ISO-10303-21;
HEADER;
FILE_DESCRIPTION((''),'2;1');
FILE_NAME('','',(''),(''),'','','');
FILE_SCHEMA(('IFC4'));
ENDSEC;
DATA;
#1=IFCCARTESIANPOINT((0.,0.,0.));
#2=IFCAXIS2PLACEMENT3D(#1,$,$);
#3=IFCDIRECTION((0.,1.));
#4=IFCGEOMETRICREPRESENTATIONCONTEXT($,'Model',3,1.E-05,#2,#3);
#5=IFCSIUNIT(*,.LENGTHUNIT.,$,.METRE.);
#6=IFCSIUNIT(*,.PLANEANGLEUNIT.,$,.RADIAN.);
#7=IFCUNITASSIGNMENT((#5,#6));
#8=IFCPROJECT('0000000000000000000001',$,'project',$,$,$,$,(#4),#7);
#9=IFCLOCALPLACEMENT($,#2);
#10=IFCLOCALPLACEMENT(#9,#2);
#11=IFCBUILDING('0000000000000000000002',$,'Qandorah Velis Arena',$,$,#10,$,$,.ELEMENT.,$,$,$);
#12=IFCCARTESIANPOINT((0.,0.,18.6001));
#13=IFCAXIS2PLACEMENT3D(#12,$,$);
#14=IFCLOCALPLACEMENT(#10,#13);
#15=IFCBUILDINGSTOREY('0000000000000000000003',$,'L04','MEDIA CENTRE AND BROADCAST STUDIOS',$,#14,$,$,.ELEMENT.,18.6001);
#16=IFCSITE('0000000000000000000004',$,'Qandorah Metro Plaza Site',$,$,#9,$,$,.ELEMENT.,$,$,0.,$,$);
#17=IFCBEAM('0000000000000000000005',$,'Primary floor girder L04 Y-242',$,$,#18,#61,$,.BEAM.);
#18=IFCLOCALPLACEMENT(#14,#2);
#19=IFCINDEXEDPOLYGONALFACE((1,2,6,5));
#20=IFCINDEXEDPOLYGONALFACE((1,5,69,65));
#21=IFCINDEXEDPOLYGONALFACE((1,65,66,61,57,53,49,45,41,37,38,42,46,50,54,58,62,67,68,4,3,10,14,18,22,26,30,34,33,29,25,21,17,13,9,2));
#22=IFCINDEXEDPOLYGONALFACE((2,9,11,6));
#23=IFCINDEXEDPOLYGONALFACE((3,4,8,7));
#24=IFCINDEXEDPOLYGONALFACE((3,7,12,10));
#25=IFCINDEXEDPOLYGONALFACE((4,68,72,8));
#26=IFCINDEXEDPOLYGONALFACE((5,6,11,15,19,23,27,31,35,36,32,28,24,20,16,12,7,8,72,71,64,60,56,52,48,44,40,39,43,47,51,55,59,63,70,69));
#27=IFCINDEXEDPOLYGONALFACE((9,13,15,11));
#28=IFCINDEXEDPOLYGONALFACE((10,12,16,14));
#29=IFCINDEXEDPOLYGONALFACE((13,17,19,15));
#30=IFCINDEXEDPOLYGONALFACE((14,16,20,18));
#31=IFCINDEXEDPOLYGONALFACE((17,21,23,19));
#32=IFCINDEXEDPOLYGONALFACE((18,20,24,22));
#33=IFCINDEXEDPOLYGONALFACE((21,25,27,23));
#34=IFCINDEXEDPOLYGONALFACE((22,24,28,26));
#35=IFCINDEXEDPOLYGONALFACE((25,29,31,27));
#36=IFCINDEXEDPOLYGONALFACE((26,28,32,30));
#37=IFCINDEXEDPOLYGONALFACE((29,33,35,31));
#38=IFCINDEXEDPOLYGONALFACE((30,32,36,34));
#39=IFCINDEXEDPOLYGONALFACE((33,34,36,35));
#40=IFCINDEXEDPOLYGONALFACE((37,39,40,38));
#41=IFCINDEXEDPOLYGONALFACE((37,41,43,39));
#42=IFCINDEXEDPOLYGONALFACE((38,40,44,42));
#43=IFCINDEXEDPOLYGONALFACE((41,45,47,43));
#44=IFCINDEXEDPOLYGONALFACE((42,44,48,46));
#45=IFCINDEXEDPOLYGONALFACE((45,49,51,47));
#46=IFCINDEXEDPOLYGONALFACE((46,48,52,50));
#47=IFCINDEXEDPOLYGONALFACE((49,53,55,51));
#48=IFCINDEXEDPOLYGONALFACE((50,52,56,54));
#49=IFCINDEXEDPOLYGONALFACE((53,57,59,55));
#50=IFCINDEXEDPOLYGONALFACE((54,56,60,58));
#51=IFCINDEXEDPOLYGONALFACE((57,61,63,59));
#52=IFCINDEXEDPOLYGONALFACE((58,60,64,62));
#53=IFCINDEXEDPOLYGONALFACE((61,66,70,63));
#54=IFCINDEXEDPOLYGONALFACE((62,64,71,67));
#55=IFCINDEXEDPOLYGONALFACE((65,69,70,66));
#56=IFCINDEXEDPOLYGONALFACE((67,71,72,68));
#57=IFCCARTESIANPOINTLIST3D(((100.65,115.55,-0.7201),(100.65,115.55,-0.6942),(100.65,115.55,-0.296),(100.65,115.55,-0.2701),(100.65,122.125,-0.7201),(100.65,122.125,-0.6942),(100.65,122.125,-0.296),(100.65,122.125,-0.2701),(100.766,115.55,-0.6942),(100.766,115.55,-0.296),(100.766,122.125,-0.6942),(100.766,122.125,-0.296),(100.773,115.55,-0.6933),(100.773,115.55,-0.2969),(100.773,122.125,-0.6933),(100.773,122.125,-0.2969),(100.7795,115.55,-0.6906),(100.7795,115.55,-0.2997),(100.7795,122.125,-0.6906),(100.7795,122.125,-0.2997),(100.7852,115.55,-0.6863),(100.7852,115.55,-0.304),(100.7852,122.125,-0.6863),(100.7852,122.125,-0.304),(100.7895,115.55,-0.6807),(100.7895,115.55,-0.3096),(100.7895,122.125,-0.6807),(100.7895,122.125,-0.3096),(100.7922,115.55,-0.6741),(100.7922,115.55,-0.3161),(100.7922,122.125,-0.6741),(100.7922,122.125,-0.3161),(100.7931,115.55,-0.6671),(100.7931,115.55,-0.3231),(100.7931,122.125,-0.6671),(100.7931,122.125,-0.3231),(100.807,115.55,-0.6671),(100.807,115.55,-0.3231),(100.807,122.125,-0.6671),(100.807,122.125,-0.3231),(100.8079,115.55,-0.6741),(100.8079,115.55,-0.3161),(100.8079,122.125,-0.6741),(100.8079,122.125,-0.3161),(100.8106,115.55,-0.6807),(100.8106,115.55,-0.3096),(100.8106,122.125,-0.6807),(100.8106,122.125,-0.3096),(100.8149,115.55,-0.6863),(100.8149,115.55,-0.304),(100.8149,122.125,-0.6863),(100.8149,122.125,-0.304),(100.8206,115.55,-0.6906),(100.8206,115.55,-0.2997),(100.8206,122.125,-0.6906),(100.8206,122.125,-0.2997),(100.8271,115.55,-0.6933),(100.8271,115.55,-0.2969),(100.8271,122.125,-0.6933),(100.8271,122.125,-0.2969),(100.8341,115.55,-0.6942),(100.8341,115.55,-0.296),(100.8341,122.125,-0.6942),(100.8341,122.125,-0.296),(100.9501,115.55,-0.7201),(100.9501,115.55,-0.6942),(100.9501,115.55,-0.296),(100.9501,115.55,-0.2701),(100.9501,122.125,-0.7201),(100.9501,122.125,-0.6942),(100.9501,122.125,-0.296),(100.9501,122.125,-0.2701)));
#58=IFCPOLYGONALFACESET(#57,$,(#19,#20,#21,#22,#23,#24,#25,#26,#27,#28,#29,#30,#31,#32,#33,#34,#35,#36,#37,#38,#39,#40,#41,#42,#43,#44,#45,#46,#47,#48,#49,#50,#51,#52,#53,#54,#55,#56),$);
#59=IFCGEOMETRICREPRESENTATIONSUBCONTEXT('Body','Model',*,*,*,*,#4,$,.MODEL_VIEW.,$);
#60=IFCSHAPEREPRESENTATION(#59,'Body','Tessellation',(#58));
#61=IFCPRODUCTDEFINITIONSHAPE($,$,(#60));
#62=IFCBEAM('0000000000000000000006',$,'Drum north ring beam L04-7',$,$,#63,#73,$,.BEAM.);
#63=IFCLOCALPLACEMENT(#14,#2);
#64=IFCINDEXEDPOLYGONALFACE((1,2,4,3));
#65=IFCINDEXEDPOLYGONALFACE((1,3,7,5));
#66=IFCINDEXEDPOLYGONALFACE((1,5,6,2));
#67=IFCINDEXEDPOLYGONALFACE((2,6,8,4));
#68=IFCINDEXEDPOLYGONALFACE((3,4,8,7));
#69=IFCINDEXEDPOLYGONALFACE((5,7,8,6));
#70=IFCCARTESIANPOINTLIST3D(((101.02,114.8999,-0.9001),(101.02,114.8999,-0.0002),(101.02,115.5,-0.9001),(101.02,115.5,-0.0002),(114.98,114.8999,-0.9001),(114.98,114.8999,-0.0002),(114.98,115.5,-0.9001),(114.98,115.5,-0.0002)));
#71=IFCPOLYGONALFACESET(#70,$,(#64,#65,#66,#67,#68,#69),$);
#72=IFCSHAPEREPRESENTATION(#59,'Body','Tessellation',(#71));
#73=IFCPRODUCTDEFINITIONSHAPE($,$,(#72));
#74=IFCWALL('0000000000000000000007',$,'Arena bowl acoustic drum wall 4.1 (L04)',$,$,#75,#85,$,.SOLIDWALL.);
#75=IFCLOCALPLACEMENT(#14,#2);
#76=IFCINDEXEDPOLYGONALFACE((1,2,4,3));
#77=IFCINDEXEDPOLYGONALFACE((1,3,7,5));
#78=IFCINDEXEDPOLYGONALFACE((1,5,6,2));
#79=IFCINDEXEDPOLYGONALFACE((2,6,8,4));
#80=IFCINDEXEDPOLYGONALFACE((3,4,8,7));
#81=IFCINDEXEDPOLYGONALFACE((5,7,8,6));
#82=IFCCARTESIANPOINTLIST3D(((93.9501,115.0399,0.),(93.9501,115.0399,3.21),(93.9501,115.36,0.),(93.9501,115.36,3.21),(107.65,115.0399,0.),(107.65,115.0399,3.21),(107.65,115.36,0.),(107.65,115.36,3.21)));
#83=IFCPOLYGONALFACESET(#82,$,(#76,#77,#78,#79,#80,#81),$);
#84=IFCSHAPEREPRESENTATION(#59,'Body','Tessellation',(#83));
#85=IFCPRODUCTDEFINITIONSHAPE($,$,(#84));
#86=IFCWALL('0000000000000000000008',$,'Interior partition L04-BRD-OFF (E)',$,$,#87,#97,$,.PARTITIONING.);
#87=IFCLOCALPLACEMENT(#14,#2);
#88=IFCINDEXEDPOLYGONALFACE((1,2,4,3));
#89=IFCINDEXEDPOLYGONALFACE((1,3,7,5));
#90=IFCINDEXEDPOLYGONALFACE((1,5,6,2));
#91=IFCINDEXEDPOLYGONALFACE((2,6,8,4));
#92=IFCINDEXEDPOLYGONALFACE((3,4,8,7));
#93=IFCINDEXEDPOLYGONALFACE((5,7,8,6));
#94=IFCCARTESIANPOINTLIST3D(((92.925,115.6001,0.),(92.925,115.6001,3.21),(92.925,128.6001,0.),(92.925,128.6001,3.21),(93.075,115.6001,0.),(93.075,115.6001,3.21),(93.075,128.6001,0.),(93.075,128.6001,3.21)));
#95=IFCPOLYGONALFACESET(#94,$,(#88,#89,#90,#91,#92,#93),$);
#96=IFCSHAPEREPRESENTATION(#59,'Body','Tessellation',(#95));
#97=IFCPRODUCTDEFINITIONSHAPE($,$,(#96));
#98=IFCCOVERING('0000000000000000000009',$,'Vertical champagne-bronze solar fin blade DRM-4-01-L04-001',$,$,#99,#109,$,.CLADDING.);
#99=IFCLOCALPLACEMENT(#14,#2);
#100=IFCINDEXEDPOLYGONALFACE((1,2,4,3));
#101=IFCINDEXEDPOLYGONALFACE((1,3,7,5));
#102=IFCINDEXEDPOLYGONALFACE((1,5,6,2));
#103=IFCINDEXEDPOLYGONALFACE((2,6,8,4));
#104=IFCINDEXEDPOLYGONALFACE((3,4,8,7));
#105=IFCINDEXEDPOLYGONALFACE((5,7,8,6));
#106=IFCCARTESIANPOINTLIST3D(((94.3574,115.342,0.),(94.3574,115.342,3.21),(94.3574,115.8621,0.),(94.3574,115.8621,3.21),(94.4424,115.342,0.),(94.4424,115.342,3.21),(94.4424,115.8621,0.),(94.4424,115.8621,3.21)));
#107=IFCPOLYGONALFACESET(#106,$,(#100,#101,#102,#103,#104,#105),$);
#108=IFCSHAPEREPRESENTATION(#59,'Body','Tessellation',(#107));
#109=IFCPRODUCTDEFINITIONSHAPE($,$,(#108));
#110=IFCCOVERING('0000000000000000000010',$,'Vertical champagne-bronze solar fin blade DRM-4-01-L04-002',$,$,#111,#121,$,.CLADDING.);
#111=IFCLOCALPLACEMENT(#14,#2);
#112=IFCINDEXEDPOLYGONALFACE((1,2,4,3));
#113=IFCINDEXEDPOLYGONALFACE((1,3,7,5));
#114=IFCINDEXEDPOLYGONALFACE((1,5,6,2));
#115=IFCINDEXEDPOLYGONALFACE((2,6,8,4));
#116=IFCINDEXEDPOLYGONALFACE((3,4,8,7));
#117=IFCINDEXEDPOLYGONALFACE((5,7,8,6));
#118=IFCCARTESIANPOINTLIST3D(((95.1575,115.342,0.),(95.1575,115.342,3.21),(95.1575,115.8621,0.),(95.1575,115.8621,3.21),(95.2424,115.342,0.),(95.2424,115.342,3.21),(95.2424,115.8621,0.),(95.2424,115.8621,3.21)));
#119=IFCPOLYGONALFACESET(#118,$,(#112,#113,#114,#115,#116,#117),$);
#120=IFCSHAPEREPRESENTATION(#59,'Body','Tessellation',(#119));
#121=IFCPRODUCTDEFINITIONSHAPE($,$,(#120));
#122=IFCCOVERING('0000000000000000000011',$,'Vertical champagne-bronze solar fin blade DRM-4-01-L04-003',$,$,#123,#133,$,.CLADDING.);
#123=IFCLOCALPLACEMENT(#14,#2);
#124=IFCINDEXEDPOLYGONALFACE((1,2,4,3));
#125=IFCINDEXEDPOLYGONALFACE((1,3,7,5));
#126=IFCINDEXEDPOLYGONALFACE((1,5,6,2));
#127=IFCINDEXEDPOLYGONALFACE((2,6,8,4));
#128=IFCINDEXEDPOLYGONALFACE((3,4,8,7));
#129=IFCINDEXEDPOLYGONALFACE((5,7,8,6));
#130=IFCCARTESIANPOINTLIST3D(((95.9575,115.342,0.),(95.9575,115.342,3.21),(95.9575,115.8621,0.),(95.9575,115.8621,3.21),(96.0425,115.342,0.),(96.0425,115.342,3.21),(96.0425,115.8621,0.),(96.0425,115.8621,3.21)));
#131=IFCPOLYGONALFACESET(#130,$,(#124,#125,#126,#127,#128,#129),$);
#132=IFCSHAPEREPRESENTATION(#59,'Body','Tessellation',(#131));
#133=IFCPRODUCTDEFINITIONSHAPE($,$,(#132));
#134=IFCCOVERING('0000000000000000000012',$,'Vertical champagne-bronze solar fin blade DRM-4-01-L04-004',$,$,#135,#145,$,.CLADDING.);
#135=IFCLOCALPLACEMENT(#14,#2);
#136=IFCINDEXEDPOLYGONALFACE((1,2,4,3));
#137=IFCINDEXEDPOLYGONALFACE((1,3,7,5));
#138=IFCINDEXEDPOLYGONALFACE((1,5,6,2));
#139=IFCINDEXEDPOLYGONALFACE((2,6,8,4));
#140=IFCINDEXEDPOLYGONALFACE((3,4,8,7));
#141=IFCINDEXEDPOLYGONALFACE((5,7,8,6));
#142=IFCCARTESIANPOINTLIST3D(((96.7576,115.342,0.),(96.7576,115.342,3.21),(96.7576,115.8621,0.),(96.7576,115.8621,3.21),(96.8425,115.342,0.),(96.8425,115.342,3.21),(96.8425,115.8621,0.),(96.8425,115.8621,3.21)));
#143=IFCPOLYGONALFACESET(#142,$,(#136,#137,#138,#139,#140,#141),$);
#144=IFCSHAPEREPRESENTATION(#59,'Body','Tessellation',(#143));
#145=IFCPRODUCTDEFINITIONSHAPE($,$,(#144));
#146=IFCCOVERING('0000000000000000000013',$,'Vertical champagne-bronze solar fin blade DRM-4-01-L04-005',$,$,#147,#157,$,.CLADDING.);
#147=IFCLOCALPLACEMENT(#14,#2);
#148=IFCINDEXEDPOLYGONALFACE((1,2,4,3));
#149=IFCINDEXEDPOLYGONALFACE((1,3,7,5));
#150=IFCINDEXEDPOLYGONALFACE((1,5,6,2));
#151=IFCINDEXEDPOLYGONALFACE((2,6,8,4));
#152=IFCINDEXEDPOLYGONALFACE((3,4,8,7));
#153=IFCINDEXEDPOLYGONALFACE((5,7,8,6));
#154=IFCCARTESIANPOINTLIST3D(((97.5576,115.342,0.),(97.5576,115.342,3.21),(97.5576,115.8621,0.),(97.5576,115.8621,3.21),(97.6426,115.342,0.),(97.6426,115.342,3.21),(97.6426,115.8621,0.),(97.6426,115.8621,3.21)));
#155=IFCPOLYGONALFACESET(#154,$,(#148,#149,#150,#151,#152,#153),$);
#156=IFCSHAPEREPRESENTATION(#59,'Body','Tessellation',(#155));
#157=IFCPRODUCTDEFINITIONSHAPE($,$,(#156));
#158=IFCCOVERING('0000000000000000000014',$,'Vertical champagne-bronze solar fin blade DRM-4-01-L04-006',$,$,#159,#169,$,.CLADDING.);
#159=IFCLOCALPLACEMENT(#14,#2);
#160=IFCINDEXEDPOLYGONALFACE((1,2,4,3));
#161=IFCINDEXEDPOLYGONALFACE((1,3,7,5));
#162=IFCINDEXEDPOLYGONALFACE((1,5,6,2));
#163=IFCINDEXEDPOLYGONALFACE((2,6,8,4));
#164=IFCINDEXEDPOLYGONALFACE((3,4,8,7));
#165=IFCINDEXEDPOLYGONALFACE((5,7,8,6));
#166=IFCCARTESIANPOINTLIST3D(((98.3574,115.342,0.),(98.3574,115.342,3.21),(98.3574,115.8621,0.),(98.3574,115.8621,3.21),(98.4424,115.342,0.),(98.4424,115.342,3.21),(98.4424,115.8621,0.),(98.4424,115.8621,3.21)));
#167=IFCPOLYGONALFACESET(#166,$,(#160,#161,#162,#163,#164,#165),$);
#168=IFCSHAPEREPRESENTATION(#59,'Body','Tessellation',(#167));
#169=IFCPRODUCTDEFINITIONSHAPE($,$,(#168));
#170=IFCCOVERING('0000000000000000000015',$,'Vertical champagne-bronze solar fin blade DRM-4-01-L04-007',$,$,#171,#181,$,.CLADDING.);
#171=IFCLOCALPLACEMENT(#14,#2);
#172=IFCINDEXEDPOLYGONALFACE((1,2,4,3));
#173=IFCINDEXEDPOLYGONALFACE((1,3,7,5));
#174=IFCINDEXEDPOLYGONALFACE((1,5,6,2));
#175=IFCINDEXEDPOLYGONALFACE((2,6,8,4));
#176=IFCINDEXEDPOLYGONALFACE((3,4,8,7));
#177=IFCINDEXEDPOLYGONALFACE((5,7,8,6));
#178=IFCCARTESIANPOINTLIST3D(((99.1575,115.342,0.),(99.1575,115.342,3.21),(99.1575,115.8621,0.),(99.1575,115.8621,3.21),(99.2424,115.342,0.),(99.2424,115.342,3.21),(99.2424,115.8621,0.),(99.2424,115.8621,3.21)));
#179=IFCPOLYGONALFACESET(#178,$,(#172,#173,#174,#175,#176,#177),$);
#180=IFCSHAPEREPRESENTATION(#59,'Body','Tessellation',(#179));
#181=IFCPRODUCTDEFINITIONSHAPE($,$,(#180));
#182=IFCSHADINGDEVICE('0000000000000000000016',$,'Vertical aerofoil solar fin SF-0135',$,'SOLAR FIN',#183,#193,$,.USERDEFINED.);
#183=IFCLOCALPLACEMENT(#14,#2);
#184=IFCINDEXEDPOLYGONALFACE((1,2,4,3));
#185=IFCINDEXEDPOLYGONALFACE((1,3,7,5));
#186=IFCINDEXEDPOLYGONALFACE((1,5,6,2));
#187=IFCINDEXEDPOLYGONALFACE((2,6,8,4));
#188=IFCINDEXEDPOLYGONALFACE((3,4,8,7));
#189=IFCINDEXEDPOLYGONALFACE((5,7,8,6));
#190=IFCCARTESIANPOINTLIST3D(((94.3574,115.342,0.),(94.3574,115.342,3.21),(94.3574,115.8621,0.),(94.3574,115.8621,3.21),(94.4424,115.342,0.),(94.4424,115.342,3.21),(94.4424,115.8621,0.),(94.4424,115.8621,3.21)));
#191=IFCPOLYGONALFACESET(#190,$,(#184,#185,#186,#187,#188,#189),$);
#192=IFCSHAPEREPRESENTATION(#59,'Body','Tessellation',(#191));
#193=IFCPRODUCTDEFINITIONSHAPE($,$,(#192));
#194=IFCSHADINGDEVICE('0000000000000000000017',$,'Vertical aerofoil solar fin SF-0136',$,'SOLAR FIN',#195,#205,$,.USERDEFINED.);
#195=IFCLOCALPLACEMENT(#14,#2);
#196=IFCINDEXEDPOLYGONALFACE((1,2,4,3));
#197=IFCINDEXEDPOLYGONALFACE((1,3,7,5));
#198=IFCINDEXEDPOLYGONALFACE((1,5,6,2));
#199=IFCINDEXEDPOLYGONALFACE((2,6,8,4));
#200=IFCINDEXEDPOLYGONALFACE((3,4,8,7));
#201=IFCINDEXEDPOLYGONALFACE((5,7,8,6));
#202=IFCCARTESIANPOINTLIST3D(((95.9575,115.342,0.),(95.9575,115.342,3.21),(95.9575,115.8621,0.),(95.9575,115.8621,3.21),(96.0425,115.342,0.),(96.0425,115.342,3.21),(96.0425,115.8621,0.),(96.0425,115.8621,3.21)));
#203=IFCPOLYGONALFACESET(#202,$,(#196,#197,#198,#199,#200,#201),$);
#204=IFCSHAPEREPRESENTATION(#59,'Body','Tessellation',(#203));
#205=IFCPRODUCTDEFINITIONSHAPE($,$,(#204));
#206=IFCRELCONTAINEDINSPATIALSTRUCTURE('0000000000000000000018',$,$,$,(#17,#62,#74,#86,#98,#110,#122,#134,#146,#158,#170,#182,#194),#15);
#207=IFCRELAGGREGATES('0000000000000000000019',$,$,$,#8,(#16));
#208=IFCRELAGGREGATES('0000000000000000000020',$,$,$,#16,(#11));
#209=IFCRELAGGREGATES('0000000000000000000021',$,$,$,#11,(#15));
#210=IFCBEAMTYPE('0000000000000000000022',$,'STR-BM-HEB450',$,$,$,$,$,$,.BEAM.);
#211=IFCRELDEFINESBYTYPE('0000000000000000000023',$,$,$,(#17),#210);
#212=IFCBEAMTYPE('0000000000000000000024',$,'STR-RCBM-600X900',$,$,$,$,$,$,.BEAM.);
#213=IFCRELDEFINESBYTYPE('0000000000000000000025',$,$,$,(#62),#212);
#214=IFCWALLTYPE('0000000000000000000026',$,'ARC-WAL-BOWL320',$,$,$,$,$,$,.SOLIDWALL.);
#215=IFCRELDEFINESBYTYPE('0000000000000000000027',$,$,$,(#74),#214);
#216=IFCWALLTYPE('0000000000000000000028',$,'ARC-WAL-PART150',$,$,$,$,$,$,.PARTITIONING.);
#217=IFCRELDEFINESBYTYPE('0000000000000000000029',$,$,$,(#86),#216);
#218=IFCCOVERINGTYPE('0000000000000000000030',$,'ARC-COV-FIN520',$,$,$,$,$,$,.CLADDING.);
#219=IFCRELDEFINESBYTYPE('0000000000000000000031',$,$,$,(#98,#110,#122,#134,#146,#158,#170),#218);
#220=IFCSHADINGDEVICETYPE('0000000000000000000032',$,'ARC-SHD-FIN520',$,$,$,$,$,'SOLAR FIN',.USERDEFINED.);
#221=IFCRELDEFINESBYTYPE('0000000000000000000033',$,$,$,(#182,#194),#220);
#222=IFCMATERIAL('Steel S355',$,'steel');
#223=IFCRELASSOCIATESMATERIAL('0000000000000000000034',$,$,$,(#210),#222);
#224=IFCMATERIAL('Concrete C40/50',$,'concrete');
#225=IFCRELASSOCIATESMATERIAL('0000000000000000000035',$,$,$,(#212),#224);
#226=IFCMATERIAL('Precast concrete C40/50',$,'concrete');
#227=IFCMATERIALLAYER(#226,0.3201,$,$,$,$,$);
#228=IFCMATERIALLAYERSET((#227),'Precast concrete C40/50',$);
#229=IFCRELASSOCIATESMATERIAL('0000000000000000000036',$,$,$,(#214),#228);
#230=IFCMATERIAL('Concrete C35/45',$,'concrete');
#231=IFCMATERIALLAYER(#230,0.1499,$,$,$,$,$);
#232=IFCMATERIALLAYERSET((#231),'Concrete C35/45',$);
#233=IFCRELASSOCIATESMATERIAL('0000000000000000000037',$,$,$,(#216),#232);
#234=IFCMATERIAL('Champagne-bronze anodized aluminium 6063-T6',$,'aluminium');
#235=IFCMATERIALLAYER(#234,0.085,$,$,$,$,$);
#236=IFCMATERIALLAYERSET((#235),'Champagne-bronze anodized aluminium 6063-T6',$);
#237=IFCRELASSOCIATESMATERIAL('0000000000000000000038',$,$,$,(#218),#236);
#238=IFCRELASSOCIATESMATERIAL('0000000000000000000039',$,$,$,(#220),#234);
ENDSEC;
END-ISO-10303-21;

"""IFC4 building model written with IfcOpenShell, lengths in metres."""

from ifc_helpers import new_model, si_unit, direction, frame, frame_2d, origin, origin_2d, place, context, subcontext, project, spatial, rectangle, i_section, extrude, material, layer, layer_set, material_profile, profile_set, type_object, element, save


model = new_model("IFC4")

# Units and contexts
model_context = context("Model", 3, precision=1e-05, world=origin(), true_north=direction((0.0, 1.0)))
body_context = subcontext(model_context, "Body", "Model", "MODEL_VIEW")
ifc_project = project(units=[si_unit("LENGTHUNIT", "METRE"), si_unit("PLANEANGLEUNIT", "RADIAN")], contexts=[model_context])

# Site, building, storey
site_placement = place(None, origin())
site = spatial("IfcSite", under=ifc_project, at=site_placement, Name="Qandorah Metro Plaza Site", CompositionType="ELEMENT", RefElevation=0.0)
building_placement = place(site_placement, origin())
building = spatial("IfcBuilding", under=site, at=building_placement, Name="Qandorah Velis Arena", CompositionType="ELEMENT")
storey_placement = place(building_placement, frame((0.0, 0.0, 18.6001)))
storey = spatial("IfcBuildingStorey", under=building, at=storey_placement, Name="L04", Description="MEDIA CENTRE AND BROADCAST STUDIOS", CompositionType="ELEMENT", Elevation=18.6001)

# Shared definitions
ifc_material_1 = material(Name="Steel S355", Category="steel")
ifc_material_2 = material(Name="Concrete C40/50", Category="concrete")

# Beams
ifc_material_profile_1 = material_profile(ifc_material_1, i_section(OverallWidth=0.3, OverallDepth=0.45, WebThickness=0.0139, FlangeThickness=0.0259, FilletRadius=0.0271, at=origin_2d()), Name="HEB 450")
ifc_profile_set_1 = profile_set([ifc_material_profile_1], Name="Steel S355")
beam_type_1 = type_object("IfcBeamType", Name="STR-BM-HEB450", PredefinedType="BEAM", material=ifc_profile_set_1)
beam_1_placement = place(storey_placement, frame((100.8, 115.55, -0.4951), z_axis=(0.0, 1.0, 0.0), x_axis=(-1.0, 0.0, 0.0)))
element("IfcBeam", 1, at=beam_1_placement, inside=storey, type_object=beam_type_1, Name="Primary floor girder L04 Y-242", PredefinedType="BEAM", context=body_context, shape_type="SweptSolid", body=[
    extrude(i_section(OverallWidth=0.3, OverallDepth=0.45, WebThickness=0.0139, FlangeThickness=0.0259, FilletRadius=0.0271, at=origin_2d()), origin(), (0.0, 0.0, 1.0), 6.575),
])
ifc_material_profile_2 = material_profile(ifc_material_2, rectangle(XDim=0.6001, YDim=0.8999, at=origin_2d()), Name="RC BM 600x900")
ifc_profile_set_2 = profile_set([ifc_material_profile_2], Name="Concrete C40/50")
beam_type_2 = type_object("IfcBeamType", Name="STR-RCBM-600X900", PredefinedType="BEAM", material=ifc_profile_set_2)
beam_2_placement = place(storey_placement, frame((101.02, 115.2, -0.4502), z_axis=(1.0, 0.0, 0.0), x_axis=(0.0, 1.0, 0.0)))
element("IfcBeam", 2, at=beam_2_placement, inside=storey, type_object=beam_type_2, Name="Drum north ring beam L04-7", PredefinedType="BEAM", context=body_context, shape_type="SweptSolid", body=[
    extrude(rectangle(XDim=0.6001, YDim=0.8999, at=origin_2d()), origin(), (0.0, 0.0, 1.0), 13.96),
])

# Walls
ifc_material_3 = material(Name="Precast concrete C40/50", Category="concrete")
ifc_layer_1 = layer(ifc_material_3, 0.3201)
ifc_layer_set_1 = layer_set([ifc_layer_1], Name="Precast concrete C40/50")
wall_type_1 = type_object("IfcWallType", Name="ARC-WAL-BOWL320", PredefinedType="SOLIDWALL", material=ifc_layer_set_1)
wall_1_placement = place(storey_placement, frame((93.95, 115.2, 0.0), z_axis=(0.0, 0.0, 1.0), x_axis=(1.0, 0.0, 0.0)))
element("IfcWall", 3, at=wall_1_placement, inside=storey, type_object=wall_type_1, Name="Arena bowl acoustic drum wall 4.1 (L04)", PredefinedType="SOLIDWALL", context=body_context, shape_type="SweptSolid", body=[
    extrude(rectangle(XDim=13.7, YDim=0.3201, at=frame_2d((6.8501, 0.0))), origin(), (0.0, 0.0, 1.0), 3.21),
])
ifc_material_4 = material(Name="Concrete C35/45", Category="concrete")
ifc_layer_2 = layer(ifc_material_4, 0.1499)
ifc_layer_set_2 = layer_set([ifc_layer_2], Name="Concrete C35/45")
wall_type_2 = type_object("IfcWallType", Name="ARC-WAL-PART150", PredefinedType="PARTITIONING", material=ifc_layer_set_2)
wall_2_placement = place(storey_placement, frame((93.0, 115.6001, 0.0), z_axis=(0.0, 0.0, 1.0), x_axis=(0.0, 1.0, 0.0)))
element("IfcWall", 4, at=wall_2_placement, inside=storey, type_object=wall_type_2, Name="Interior partition L04-BRD-OFF (E)", PredefinedType="PARTITIONING", context=body_context, shape_type="SweptSolid", body=[
    extrude(rectangle(XDim=13.0, YDim=0.1499, at=frame_2d((6.5, 0.0))), origin(), (0.0, 0.0, 1.0), 3.21),
])

# Coverings
ifc_material_5 = material(Name="Champagne-bronze anodized aluminium 6063-T6", Category="aluminium")
ifc_layer_3 = layer(ifc_material_5, 0.085)
ifc_layer_set_3 = layer_set([ifc_layer_3], Name="Champagne-bronze anodized aluminium 6063-T6")
covering_type = type_object("IfcCoveringType", Name="ARC-COV-FIN520", PredefinedType="CLADDING", material=ifc_layer_set_3)
for number, where, z_axis, x_axis, name in (
    (5, (94.3999, 115.6021, 0.0), (0.0, 0.0, 1.0), (1.0, 0.0, 0.0), "Vertical champagne-bronze solar fin blade DRM-4-01-L04-001"),
    (6, (95.2, 115.6021, 0.0), (0.0, 0.0, 1.0), (1.0, 0.0, 0.0), "Vertical champagne-bronze solar fin blade DRM-4-01-L04-002"),
    (7, (96.0, 115.6021, 0.0), (0.0, 0.0, 1.0), (1.0, 0.0, 0.0), "Vertical champagne-bronze solar fin blade DRM-4-01-L04-003"),
    (8, (96.8, 115.6021, 0.0), (0.0, 0.0, 1.0), (1.0, 0.0, 0.0), "Vertical champagne-bronze solar fin blade DRM-4-01-L04-004"),
    (9, (97.6001, 115.6021, 0.0), (0.0, 0.0, 1.0), (1.0, 0.0, 0.0), "Vertical champagne-bronze solar fin blade DRM-4-01-L04-005"),
    (10, (98.3999, 115.6021, 0.0), (0.0, 0.0, 1.0), (1.0, 0.0, 0.0), "Vertical champagne-bronze solar fin blade DRM-4-01-L04-006"),
    (11, (99.2, 115.6021, 0.0), (0.0, 0.0, 1.0), (1.0, 0.0, 0.0), "Vertical champagne-bronze solar fin blade DRM-4-01-L04-007"),
):
    element("IfcCovering", number, at=place(storey_placement, frame(where, z_axis=z_axis, x_axis=x_axis)), inside=storey, type_object=covering_type, Name=name, PredefinedType="CLADDING", context=body_context, shape_type="SweptSolid", body=[
        extrude(rectangle(XDim=0.085, YDim=0.52, at=origin_2d()), origin(), (0.0, 0.0, 1.0), 3.21),
    ])

# Shading devices
shading_device_type = type_object("IfcShadingDeviceType", Name="ARC-SHD-FIN520", ElementType="SOLAR FIN", PredefinedType="USERDEFINED", material=ifc_material_5)
for number, where, z_axis, x_axis, name in (
    (12, (94.3999, 115.6021, 0.0), (0.0, 0.0, 1.0), (1.0, 0.0, 0.0), "Vertical aerofoil solar fin SF-0135"),
    (13, (96.0, 115.6021, 0.0), (0.0, 0.0, 1.0), (1.0, 0.0, 0.0), "Vertical aerofoil solar fin SF-0136"),
):
    element("IfcShadingDevice", number, at=place(storey_placement, frame(where, z_axis=z_axis, x_axis=x_axis)), inside=storey, type_object=shading_device_type, Name=name, ObjectType="SOLAR FIN", PredefinedType="USERDEFINED", context=body_context, shape_type="SweptSolid", body=[
        extrude(rectangle(XDim=0.085, YDim=0.52, at=origin_2d()), origin(), (0.0, 0.0, 1.0), 3.21),
    ])

save(model, "model.ifc")
